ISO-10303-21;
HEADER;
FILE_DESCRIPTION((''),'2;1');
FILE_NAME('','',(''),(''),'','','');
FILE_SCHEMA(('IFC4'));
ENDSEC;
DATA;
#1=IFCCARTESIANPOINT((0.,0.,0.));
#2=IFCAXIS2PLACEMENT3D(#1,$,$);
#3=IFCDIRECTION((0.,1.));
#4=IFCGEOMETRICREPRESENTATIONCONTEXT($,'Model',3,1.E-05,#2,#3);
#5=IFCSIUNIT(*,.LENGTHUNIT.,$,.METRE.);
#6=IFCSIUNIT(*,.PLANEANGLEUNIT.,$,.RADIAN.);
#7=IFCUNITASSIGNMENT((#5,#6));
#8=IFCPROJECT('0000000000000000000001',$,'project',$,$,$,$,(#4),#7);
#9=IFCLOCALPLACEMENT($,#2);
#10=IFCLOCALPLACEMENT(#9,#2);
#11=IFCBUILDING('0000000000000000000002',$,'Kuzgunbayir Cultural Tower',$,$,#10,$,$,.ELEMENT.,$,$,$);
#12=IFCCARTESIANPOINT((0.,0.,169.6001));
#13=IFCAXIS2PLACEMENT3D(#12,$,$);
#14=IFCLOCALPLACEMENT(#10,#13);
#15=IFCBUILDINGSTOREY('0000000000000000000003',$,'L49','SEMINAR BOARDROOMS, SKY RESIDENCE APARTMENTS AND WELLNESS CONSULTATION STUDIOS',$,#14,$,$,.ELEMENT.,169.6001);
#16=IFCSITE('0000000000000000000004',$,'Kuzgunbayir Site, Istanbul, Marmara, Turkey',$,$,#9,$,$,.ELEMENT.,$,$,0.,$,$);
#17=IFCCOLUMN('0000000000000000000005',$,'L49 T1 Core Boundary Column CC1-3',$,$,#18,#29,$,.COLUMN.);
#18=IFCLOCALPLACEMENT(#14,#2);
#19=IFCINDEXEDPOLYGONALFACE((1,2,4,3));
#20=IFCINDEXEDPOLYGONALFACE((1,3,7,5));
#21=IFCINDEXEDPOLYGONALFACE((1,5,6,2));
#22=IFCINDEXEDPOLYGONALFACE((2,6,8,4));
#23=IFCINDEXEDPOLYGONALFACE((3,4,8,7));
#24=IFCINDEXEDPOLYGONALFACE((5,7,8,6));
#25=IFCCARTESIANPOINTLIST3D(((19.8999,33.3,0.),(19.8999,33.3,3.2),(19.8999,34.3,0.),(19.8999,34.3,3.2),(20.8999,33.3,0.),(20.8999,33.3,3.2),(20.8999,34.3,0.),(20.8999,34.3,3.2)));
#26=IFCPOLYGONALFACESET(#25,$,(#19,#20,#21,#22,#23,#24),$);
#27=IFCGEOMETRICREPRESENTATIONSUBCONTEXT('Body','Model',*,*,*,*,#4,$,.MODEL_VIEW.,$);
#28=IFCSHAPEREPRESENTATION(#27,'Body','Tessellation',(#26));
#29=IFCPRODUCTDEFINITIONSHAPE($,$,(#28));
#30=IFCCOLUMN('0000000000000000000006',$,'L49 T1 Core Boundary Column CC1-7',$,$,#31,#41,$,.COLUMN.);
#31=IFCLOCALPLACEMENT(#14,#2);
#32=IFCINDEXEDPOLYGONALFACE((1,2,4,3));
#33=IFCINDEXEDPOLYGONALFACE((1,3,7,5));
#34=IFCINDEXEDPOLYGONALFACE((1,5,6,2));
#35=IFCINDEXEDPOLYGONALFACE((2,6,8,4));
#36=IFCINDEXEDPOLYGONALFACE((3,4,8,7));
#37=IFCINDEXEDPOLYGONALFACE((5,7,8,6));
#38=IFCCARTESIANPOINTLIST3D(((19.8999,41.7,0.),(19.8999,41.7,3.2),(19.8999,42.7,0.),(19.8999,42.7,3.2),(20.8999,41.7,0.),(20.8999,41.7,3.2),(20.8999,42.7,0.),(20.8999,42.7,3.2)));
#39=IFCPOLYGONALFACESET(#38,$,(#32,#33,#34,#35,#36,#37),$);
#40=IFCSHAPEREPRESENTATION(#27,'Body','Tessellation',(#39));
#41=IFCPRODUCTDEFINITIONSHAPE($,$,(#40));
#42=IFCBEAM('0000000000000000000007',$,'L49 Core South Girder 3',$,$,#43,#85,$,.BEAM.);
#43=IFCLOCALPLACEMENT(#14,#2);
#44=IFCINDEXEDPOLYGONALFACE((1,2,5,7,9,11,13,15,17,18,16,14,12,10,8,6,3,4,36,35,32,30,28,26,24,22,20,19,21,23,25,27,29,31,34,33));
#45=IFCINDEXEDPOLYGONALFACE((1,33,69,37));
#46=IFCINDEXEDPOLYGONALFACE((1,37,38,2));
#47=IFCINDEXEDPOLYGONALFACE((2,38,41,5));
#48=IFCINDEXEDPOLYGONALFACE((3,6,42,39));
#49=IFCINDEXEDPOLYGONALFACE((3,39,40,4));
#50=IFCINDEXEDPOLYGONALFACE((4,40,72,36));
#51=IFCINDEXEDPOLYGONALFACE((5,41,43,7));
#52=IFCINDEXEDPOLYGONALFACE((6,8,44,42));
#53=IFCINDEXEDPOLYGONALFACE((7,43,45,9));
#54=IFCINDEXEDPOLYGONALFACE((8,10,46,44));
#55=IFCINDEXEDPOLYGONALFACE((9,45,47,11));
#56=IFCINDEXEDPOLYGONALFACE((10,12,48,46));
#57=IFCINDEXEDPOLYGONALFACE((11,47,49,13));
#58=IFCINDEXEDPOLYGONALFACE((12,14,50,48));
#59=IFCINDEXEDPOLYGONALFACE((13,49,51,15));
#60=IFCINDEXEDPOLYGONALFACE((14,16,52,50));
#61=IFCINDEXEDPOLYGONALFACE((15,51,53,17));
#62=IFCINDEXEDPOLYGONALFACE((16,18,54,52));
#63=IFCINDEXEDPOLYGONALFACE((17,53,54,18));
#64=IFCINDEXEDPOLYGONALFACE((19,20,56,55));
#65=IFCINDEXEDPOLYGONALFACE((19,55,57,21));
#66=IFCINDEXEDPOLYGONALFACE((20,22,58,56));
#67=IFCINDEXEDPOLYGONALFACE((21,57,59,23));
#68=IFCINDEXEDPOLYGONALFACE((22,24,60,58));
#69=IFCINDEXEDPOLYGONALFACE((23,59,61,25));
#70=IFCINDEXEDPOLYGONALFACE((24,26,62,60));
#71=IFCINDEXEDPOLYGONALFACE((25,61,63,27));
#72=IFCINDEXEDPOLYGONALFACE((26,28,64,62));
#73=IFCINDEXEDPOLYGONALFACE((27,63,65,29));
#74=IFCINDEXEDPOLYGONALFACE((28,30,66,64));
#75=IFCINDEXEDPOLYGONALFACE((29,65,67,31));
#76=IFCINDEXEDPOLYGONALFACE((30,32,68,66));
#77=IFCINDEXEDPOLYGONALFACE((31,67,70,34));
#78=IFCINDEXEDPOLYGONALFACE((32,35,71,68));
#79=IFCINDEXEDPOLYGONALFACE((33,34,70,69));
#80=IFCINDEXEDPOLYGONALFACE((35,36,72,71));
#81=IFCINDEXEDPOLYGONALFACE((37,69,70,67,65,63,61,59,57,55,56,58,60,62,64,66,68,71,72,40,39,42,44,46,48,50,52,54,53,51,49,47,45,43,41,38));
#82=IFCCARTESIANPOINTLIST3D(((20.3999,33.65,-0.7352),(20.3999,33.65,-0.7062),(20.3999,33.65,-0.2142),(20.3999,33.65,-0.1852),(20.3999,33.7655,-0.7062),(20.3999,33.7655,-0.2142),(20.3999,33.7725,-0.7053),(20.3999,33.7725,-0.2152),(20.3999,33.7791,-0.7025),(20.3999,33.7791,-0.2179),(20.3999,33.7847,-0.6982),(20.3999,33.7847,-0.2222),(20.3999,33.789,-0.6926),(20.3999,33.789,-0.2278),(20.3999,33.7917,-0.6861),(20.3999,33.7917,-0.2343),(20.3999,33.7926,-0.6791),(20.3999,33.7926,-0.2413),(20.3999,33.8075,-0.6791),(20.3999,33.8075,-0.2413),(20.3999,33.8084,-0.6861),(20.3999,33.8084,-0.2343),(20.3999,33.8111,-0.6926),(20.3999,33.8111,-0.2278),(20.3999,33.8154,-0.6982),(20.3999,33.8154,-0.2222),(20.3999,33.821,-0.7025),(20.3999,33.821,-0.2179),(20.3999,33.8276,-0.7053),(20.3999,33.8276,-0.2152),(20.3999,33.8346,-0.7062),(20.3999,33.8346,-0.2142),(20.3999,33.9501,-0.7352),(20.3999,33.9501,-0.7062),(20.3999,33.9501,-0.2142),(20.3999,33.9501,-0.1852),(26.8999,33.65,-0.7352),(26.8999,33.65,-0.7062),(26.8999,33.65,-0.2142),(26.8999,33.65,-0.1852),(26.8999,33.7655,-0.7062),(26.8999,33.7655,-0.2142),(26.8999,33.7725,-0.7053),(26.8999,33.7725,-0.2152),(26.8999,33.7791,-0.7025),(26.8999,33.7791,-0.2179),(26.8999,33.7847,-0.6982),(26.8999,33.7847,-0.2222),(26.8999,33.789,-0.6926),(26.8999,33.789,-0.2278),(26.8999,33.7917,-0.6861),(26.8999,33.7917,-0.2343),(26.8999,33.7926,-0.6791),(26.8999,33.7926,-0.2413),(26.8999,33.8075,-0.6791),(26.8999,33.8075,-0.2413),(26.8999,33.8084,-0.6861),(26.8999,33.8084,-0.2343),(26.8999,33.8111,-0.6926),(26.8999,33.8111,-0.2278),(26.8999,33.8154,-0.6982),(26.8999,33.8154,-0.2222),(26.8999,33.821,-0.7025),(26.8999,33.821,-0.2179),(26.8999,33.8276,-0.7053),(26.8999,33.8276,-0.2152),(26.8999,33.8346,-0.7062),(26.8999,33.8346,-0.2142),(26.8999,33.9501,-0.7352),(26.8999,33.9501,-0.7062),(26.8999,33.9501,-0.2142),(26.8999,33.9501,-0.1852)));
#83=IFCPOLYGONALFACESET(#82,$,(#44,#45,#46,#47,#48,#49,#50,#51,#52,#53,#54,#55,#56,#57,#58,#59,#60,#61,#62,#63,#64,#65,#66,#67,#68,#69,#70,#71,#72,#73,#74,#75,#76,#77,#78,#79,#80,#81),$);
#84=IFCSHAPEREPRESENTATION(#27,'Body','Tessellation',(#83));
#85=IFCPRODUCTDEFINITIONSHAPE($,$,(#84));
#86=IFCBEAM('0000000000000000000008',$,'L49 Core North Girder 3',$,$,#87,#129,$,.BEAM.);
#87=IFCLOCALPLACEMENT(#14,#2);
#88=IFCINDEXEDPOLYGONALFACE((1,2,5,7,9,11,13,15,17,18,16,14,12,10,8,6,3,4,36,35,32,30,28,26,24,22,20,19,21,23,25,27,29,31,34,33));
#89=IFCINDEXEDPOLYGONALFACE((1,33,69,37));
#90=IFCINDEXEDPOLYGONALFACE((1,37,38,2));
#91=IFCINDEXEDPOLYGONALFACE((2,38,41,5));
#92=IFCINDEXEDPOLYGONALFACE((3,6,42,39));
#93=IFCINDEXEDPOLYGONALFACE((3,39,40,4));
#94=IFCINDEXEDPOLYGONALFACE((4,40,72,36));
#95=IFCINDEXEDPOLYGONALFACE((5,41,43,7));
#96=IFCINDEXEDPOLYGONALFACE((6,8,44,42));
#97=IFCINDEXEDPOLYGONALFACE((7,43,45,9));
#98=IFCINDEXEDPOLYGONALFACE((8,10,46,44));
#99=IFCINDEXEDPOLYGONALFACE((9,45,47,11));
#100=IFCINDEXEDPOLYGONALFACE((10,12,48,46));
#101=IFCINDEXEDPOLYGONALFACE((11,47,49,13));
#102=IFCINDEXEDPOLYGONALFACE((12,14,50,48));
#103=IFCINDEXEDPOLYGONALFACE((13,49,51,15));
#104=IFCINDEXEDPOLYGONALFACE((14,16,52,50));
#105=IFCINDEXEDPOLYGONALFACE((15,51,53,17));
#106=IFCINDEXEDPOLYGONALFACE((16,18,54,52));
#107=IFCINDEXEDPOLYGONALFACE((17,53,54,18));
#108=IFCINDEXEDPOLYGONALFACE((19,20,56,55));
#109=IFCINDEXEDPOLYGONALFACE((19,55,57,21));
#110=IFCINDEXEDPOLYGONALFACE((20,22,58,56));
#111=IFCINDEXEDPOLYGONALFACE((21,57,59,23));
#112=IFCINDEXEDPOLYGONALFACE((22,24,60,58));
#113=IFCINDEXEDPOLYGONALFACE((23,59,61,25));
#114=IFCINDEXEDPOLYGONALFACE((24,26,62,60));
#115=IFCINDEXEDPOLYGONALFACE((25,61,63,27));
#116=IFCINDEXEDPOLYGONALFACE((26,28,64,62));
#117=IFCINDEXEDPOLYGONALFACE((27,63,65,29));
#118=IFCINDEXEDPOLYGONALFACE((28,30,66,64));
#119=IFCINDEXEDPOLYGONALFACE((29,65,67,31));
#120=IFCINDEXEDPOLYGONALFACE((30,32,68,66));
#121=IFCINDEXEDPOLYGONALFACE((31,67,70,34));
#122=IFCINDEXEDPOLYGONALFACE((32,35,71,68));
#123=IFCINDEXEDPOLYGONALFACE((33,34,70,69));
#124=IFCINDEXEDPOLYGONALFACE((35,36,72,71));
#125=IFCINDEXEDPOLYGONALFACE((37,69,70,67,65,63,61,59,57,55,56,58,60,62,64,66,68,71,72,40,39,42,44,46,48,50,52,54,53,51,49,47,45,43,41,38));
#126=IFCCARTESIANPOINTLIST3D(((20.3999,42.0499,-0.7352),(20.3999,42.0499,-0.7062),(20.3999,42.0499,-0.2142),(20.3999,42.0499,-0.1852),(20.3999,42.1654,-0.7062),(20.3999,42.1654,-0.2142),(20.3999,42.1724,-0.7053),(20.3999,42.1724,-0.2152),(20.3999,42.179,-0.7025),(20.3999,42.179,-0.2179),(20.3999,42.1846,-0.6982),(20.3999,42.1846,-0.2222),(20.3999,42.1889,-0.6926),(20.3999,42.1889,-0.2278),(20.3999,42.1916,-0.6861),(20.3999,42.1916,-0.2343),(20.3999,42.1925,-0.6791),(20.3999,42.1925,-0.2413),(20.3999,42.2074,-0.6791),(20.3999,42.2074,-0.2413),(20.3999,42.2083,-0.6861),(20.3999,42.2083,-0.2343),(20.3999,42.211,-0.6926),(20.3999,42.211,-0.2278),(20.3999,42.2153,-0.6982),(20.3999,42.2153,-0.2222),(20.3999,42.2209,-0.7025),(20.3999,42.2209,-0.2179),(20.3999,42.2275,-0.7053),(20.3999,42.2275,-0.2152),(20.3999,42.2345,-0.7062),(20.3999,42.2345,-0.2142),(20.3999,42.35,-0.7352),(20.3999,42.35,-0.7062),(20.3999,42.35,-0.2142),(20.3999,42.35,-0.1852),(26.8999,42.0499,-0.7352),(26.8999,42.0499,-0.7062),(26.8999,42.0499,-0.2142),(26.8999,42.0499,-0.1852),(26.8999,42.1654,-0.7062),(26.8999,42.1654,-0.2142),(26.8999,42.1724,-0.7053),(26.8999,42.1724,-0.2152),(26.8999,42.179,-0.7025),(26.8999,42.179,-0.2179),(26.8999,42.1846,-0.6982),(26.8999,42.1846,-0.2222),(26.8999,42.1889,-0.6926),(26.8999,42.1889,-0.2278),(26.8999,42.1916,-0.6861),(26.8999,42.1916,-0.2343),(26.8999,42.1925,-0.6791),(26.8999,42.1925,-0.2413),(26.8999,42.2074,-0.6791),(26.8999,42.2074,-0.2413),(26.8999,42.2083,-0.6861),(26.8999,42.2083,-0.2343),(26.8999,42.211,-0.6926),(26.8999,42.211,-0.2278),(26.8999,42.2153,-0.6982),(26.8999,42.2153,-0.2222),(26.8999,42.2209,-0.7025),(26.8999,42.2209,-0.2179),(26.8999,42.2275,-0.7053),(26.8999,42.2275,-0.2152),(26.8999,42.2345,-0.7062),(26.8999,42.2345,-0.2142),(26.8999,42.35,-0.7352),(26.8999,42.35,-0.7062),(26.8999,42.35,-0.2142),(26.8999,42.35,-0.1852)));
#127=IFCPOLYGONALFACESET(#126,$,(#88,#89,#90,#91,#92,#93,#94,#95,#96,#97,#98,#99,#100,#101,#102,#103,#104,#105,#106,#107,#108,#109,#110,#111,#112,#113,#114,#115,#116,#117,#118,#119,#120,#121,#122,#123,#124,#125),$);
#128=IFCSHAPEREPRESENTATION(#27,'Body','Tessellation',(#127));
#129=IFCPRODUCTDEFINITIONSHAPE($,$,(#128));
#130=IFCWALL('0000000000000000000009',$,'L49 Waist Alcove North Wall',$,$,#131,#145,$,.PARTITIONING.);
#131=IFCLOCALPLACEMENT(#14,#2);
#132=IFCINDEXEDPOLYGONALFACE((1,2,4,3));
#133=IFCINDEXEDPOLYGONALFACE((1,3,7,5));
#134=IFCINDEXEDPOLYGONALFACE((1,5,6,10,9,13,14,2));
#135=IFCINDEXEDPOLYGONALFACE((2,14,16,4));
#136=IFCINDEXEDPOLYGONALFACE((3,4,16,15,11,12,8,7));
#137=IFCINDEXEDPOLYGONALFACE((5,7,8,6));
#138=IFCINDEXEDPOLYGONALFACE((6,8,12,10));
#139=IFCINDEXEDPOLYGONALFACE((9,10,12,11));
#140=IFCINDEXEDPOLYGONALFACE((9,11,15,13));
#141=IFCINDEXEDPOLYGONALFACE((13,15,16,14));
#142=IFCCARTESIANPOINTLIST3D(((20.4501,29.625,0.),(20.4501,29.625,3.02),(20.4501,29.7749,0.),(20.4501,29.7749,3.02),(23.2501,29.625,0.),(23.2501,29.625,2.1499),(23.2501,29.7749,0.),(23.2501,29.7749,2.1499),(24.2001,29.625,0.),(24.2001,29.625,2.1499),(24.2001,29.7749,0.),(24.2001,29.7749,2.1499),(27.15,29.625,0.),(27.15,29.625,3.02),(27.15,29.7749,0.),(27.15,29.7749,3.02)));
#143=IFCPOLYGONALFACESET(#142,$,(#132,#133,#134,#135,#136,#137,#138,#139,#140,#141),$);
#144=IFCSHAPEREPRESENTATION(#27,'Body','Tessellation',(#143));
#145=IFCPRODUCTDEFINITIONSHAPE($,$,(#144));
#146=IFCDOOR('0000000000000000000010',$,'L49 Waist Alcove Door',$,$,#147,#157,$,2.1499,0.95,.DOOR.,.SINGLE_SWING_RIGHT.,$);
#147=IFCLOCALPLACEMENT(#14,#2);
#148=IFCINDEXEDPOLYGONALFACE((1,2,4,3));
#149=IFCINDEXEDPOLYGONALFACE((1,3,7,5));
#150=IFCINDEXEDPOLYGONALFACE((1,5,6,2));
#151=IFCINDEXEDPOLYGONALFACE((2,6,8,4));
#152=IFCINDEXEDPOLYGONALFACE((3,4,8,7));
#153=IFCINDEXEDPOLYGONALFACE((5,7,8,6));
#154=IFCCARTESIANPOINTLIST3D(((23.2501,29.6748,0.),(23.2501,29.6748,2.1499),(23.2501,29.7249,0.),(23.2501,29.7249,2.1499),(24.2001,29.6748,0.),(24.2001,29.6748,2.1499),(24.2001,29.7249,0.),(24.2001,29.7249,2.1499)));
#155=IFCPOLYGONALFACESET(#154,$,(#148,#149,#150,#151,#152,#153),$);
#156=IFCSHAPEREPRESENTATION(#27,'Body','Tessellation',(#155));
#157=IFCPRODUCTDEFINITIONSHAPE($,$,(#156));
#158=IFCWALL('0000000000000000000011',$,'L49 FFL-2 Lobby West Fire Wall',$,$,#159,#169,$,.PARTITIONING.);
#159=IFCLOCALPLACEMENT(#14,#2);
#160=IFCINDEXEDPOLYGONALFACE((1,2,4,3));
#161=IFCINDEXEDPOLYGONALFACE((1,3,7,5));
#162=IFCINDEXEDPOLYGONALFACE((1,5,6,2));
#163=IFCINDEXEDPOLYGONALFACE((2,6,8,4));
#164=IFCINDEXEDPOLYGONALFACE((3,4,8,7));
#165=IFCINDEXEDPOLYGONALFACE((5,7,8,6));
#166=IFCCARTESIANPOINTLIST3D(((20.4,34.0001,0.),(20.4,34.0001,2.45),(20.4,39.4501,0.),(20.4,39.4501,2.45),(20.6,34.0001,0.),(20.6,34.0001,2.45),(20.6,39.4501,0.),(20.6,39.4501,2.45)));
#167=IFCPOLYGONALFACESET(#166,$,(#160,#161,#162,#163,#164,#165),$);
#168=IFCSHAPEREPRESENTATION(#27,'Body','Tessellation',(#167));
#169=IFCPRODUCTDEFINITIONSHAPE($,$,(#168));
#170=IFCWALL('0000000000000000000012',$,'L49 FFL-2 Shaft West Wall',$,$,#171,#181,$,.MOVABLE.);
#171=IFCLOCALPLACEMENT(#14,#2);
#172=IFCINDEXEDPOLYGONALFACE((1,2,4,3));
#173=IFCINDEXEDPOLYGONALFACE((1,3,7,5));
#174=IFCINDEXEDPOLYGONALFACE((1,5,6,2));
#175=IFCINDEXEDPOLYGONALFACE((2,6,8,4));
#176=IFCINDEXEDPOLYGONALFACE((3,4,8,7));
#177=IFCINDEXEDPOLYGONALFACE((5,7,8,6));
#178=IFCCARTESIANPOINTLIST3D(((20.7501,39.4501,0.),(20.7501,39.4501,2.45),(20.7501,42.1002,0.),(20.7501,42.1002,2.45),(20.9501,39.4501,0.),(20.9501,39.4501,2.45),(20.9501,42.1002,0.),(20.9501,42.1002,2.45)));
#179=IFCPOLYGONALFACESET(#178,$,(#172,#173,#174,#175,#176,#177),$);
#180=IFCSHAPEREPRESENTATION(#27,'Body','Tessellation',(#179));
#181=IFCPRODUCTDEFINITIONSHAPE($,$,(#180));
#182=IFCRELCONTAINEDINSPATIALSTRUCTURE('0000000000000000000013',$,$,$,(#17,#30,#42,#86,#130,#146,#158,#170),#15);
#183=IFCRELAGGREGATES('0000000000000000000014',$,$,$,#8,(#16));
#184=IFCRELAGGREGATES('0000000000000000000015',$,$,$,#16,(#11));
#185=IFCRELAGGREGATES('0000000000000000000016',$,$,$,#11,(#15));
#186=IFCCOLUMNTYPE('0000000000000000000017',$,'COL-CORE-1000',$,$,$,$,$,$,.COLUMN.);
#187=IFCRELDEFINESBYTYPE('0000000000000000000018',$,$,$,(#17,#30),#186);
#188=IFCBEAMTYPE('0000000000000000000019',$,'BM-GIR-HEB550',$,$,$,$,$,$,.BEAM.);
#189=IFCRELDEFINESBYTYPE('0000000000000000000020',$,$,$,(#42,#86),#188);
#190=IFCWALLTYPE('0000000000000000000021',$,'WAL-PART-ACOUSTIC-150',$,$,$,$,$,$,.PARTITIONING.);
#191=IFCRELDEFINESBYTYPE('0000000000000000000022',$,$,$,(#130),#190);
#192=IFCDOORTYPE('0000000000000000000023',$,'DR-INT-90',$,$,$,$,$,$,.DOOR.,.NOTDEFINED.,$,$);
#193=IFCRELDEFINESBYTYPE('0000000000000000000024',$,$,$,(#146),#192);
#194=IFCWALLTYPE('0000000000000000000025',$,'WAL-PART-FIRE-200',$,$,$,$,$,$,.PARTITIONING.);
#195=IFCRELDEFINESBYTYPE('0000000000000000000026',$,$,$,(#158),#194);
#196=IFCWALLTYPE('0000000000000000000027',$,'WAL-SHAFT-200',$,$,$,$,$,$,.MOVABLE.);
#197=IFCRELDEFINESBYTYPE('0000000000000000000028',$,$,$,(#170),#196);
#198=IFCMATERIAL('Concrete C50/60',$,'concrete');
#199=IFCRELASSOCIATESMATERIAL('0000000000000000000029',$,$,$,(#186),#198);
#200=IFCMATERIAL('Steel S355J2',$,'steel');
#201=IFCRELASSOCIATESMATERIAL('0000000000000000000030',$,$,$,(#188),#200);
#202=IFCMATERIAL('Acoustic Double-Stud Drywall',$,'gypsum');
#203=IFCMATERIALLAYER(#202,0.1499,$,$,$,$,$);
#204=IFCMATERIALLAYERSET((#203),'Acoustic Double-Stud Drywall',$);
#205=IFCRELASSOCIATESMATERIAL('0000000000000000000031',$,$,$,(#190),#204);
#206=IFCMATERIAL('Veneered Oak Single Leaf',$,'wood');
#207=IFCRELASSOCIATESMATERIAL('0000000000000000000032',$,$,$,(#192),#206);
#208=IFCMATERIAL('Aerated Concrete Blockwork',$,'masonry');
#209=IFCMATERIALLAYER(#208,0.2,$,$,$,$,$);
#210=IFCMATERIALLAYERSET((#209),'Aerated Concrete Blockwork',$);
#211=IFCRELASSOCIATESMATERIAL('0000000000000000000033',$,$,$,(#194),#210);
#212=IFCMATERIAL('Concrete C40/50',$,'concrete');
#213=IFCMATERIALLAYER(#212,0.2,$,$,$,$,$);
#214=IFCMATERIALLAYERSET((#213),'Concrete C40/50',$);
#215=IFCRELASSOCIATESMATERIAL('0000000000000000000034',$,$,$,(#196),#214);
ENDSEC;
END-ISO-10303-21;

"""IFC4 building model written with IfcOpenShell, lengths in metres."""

from ifc_helpers import new_model, si_unit, direction, frame, frame_2d, origin, origin_2d, place, context, subcontext, project, spatial, rectangle, i_section, extrude, material, layer, layer_set, material_profile, profile_set, type_object, element, fill, save


model = new_model("IFC4")

# Units and contexts
model_context = context("Model", 3, precision=1e-05, world=origin(), true_north=direction((0.0, 1.0)))
body_context = subcontext(model_context, "Body", "Model", "MODEL_VIEW")
ifc_project = project(units=[si_unit("LENGTHUNIT", "METRE"), si_unit("PLANEANGLEUNIT", "RADIAN")], contexts=[model_context])

# Site, building, storey
site_placement = place(None, origin())
site = spatial("IfcSite", under=ifc_project, at=site_placement, Name="Kuzgunbayir Site, Istanbul, Marmara, Turkey", CompositionType="ELEMENT", RefElevation=0.0)
building_placement = place(site_placement, origin())
building = spatial("IfcBuilding", under=site, at=building_placement, Name="Kuzgunbayir Cultural Tower", CompositionType="ELEMENT")
storey_placement = place(building_placement, frame((0.0, 0.0, 169.6001)))
storey = spatial("IfcBuildingStorey", under=building, at=storey_placement, Name="L49", Description="SEMINAR BOARDROOMS, SKY RESIDENCE APARTMENTS AND WELLNESS CONSULTATION STUDIOS", CompositionType="ELEMENT", Elevation=169.6001)

# Columns
ifc_material_1 = material(Name="Concrete C50/60", Category="concrete")
ifc_material_profile_1 = material_profile(ifc_material_1, rectangle(XDim=1.0, YDim=1.0, at=origin_2d()), Name="RC 1000x1000")
ifc_profile_set_1 = profile_set([ifc_material_profile_1], Name="Concrete C50/60")
column_type = type_object("IfcColumnType", Name="COL-CORE-1000", PredefinedType="COLUMN", material=ifc_profile_set_1)
for number, where, z_axis, x_axis, name in (
    (1, (20.3999, 33.8, 0.0), (0.0, 0.0, 1.0), (1.0, 0.0, 0.0), "L49 T1 Core Boundary Column CC1-3"),
    (2, (20.3999, 42.2, 0.0), (0.0, 0.0, 1.0), (1.0, 0.0, 0.0), "L49 T1 Core Boundary Column CC1-7"),
):
    element("IfcColumn", number, at=place(storey_placement, frame(where, z_axis=z_axis, x_axis=x_axis)), inside=storey, type_object=column_type, Name=name, PredefinedType="COLUMN", context=body_context, shape_type="SweptSolid", body=[
        extrude(rectangle(XDim=1.0, YDim=1.0, at=origin_2d()), origin(), (0.0, 0.0, 1.0), 3.2),
    ])

# Beams
ifc_material_2 = material(Name="Steel S355J2", Category="steel")
ifc_material_profile_2 = material_profile(ifc_material_2, i_section(OverallWidth=0.3, OverallDepth=0.55, WebThickness=0.0149, FlangeThickness=0.0291, FilletRadius=0.0271, at=origin_2d()), Name="HEB 550")
ifc_profile_set_2 = profile_set([ifc_material_profile_2], Name="Steel S355J2")
beam_type = type_object("IfcBeamType", Name="BM-GIR-HEB550", PredefinedType="BEAM", material=ifc_profile_set_2)
for number, where, z_axis, x_axis, name in (
    (3, (20.3999, 33.8, -0.4602), (1.0, 0.0, 0.0), (0.0, 1.0, 0.0), "L49 Core South Girder 3"),
    (4, (20.3999, 42.2, -0.4602), (1.0, 0.0, 0.0), (0.0, 1.0, 0.0), "L49 Core North Girder 3"),
):
    element("IfcBeam", number, at=place(storey_placement, frame(where, z_axis=z_axis, x_axis=x_axis)), inside=storey, type_object=beam_type, Name=name, PredefinedType="BEAM", context=body_context, shape_type="SweptSolid", body=[
        extrude(i_section(OverallWidth=0.3, OverallDepth=0.55, WebThickness=0.0149, FlangeThickness=0.0291, FilletRadius=0.0271, at=origin_2d()), origin(), (0.0, 0.0, 1.0), 6.5),
    ])

# Wall, opening, door
ifc_material_3 = material(Name="Acoustic Double-Stud Drywall", Category="gypsum")
ifc_layer_1 = layer(ifc_material_3, 0.1499)
ifc_layer_set_1 = layer_set([ifc_layer_1], Name="Acoustic Double-Stud Drywall")
wall_type_1 = type_object("IfcWallType", Name="WAL-PART-ACOUSTIC-150", PredefinedType="PARTITIONING", material=ifc_layer_set_1)
wall_1_placement = place(storey_placement, frame((20.45, 29.7, 0.0), z_axis=(0.0, 0.0, 1.0), x_axis=(1.0, 0.0, 0.0)))
wall_1 = element("IfcWall", 5, at=wall_1_placement, inside=storey, type_object=wall_type_1, Name="L49 Waist Alcove North Wall", PredefinedType="PARTITIONING", context=body_context, shape_type="SweptSolid", body=[
    extrude(rectangle(XDim=6.7, YDim=0.1499, at=frame_2d((3.3501, 0.0))), origin(), (0.0, 0.0, 1.0), 3.02),
])
opening_1_placement = place(wall_1_placement, frame((2.8, 0.0, 0.0)))
opening_1 = element("IfcOpeningElement", 6, at=opening_1_placement, cuts=wall_1, PredefinedType="OPENING", context=body_context, shape_type="SweptSolid", body=[
    extrude(rectangle(XDim=0.95, YDim=2.1499, at=frame_2d((0.4751, 1.075))), frame((0.0, 0.085, 0.0), z_axis=(0.0, -1.0, 0.0), x_axis=(1.0, 0.0, 0.0)), (0.0, 0.0, 1.0), 0.1699),
])
ifc_material_4 = material(Name="Veneered Oak Single Leaf", Category="wood")
door_type_1 = type_object("IfcDoorType", Name="DR-INT-90", OperationType="NOTDEFINED", PredefinedType="DOOR", material=ifc_material_4)
door_1_placement = place(opening_1_placement, origin())
door_1 = element("IfcDoor", 7, at=door_1_placement, inside=storey, type_object=door_type_1, Name="L49 Waist Alcove Door", OperationType="SINGLE_SWING_RIGHT", OverallHeight=2.1499, OverallWidth=0.95, PredefinedType="DOOR", context=body_context, shape_type="SweptSolid", body=[
    extrude(rectangle(XDim=0.95, YDim=2.1499, at=frame_2d((0.4751, 1.075))), frame((0.0, 0.0249, 0.0), z_axis=(0.0, -1.0, 0.0), x_axis=(1.0, 0.0, 0.0)), (0.0, 0.0, 1.0), 0.05),
])
fill(opening_1, door_1)

# Wall
ifc_material_5 = material(Name="Aerated Concrete Blockwork", Category="masonry")
ifc_layer_2 = layer(ifc_material_5, 0.2)
ifc_layer_set_2 = layer_set([ifc_layer_2], Name="Aerated Concrete Blockwork")
wall_type_2 = type_object("IfcWallType", Name="WAL-PART-FIRE-200", PredefinedType="PARTITIONING", material=ifc_layer_set_2)
wall_2_placement = place(storey_placement, frame((20.5, 34.0, 0.0), z_axis=(0.0, 0.0, 1.0), x_axis=(0.0, 1.0, 0.0)))
element("IfcWall", 8, at=wall_2_placement, inside=storey, type_object=wall_type_2, Name="L49 FFL-2 Lobby West Fire Wall", PredefinedType="PARTITIONING", context=body_context, shape_type="SweptSolid", body=[
    extrude(rectangle(XDim=5.45, YDim=0.2, at=frame_2d((2.7251, 0.0))), origin(), (0.0, 0.0, 1.0), 2.45),
])

# Shared definitions
ifc_material_6 = material(Name="Concrete C40/50", Category="concrete")
ifc_layer_3 = layer(ifc_material_6, 0.2)
ifc_layer_set_3 = layer_set([ifc_layer_3], Name="Concrete C40/50")
wall_type_3 = type_object("IfcWallType", Name="WAL-SHAFT-200", PredefinedType="MOVABLE", material=ifc_layer_set_3)

# Wall
for number, where, z_axis, x_axis, name in (
    (9, (20.8501, 39.45, 0.0), (0.0, 0.0, 1.0), (0.0, 1.0, 0.0), "L49 FFL-2 Shaft West Wall"),
):
    element("IfcWall", number, at=place(storey_placement, frame(where, z_axis=z_axis, x_axis=x_axis)), inside=storey, type_object=wall_type_3, Name=name, PredefinedType="MOVABLE", context=body_context, shape_type="SweptSolid", body=[
        extrude(rectangle(XDim=2.6501, YDim=0.2, at=frame_2d((1.3252, 0.0))), origin(), (0.0, 0.0, 1.0), 2.45),
    ])

save(model, "model.ifc")
